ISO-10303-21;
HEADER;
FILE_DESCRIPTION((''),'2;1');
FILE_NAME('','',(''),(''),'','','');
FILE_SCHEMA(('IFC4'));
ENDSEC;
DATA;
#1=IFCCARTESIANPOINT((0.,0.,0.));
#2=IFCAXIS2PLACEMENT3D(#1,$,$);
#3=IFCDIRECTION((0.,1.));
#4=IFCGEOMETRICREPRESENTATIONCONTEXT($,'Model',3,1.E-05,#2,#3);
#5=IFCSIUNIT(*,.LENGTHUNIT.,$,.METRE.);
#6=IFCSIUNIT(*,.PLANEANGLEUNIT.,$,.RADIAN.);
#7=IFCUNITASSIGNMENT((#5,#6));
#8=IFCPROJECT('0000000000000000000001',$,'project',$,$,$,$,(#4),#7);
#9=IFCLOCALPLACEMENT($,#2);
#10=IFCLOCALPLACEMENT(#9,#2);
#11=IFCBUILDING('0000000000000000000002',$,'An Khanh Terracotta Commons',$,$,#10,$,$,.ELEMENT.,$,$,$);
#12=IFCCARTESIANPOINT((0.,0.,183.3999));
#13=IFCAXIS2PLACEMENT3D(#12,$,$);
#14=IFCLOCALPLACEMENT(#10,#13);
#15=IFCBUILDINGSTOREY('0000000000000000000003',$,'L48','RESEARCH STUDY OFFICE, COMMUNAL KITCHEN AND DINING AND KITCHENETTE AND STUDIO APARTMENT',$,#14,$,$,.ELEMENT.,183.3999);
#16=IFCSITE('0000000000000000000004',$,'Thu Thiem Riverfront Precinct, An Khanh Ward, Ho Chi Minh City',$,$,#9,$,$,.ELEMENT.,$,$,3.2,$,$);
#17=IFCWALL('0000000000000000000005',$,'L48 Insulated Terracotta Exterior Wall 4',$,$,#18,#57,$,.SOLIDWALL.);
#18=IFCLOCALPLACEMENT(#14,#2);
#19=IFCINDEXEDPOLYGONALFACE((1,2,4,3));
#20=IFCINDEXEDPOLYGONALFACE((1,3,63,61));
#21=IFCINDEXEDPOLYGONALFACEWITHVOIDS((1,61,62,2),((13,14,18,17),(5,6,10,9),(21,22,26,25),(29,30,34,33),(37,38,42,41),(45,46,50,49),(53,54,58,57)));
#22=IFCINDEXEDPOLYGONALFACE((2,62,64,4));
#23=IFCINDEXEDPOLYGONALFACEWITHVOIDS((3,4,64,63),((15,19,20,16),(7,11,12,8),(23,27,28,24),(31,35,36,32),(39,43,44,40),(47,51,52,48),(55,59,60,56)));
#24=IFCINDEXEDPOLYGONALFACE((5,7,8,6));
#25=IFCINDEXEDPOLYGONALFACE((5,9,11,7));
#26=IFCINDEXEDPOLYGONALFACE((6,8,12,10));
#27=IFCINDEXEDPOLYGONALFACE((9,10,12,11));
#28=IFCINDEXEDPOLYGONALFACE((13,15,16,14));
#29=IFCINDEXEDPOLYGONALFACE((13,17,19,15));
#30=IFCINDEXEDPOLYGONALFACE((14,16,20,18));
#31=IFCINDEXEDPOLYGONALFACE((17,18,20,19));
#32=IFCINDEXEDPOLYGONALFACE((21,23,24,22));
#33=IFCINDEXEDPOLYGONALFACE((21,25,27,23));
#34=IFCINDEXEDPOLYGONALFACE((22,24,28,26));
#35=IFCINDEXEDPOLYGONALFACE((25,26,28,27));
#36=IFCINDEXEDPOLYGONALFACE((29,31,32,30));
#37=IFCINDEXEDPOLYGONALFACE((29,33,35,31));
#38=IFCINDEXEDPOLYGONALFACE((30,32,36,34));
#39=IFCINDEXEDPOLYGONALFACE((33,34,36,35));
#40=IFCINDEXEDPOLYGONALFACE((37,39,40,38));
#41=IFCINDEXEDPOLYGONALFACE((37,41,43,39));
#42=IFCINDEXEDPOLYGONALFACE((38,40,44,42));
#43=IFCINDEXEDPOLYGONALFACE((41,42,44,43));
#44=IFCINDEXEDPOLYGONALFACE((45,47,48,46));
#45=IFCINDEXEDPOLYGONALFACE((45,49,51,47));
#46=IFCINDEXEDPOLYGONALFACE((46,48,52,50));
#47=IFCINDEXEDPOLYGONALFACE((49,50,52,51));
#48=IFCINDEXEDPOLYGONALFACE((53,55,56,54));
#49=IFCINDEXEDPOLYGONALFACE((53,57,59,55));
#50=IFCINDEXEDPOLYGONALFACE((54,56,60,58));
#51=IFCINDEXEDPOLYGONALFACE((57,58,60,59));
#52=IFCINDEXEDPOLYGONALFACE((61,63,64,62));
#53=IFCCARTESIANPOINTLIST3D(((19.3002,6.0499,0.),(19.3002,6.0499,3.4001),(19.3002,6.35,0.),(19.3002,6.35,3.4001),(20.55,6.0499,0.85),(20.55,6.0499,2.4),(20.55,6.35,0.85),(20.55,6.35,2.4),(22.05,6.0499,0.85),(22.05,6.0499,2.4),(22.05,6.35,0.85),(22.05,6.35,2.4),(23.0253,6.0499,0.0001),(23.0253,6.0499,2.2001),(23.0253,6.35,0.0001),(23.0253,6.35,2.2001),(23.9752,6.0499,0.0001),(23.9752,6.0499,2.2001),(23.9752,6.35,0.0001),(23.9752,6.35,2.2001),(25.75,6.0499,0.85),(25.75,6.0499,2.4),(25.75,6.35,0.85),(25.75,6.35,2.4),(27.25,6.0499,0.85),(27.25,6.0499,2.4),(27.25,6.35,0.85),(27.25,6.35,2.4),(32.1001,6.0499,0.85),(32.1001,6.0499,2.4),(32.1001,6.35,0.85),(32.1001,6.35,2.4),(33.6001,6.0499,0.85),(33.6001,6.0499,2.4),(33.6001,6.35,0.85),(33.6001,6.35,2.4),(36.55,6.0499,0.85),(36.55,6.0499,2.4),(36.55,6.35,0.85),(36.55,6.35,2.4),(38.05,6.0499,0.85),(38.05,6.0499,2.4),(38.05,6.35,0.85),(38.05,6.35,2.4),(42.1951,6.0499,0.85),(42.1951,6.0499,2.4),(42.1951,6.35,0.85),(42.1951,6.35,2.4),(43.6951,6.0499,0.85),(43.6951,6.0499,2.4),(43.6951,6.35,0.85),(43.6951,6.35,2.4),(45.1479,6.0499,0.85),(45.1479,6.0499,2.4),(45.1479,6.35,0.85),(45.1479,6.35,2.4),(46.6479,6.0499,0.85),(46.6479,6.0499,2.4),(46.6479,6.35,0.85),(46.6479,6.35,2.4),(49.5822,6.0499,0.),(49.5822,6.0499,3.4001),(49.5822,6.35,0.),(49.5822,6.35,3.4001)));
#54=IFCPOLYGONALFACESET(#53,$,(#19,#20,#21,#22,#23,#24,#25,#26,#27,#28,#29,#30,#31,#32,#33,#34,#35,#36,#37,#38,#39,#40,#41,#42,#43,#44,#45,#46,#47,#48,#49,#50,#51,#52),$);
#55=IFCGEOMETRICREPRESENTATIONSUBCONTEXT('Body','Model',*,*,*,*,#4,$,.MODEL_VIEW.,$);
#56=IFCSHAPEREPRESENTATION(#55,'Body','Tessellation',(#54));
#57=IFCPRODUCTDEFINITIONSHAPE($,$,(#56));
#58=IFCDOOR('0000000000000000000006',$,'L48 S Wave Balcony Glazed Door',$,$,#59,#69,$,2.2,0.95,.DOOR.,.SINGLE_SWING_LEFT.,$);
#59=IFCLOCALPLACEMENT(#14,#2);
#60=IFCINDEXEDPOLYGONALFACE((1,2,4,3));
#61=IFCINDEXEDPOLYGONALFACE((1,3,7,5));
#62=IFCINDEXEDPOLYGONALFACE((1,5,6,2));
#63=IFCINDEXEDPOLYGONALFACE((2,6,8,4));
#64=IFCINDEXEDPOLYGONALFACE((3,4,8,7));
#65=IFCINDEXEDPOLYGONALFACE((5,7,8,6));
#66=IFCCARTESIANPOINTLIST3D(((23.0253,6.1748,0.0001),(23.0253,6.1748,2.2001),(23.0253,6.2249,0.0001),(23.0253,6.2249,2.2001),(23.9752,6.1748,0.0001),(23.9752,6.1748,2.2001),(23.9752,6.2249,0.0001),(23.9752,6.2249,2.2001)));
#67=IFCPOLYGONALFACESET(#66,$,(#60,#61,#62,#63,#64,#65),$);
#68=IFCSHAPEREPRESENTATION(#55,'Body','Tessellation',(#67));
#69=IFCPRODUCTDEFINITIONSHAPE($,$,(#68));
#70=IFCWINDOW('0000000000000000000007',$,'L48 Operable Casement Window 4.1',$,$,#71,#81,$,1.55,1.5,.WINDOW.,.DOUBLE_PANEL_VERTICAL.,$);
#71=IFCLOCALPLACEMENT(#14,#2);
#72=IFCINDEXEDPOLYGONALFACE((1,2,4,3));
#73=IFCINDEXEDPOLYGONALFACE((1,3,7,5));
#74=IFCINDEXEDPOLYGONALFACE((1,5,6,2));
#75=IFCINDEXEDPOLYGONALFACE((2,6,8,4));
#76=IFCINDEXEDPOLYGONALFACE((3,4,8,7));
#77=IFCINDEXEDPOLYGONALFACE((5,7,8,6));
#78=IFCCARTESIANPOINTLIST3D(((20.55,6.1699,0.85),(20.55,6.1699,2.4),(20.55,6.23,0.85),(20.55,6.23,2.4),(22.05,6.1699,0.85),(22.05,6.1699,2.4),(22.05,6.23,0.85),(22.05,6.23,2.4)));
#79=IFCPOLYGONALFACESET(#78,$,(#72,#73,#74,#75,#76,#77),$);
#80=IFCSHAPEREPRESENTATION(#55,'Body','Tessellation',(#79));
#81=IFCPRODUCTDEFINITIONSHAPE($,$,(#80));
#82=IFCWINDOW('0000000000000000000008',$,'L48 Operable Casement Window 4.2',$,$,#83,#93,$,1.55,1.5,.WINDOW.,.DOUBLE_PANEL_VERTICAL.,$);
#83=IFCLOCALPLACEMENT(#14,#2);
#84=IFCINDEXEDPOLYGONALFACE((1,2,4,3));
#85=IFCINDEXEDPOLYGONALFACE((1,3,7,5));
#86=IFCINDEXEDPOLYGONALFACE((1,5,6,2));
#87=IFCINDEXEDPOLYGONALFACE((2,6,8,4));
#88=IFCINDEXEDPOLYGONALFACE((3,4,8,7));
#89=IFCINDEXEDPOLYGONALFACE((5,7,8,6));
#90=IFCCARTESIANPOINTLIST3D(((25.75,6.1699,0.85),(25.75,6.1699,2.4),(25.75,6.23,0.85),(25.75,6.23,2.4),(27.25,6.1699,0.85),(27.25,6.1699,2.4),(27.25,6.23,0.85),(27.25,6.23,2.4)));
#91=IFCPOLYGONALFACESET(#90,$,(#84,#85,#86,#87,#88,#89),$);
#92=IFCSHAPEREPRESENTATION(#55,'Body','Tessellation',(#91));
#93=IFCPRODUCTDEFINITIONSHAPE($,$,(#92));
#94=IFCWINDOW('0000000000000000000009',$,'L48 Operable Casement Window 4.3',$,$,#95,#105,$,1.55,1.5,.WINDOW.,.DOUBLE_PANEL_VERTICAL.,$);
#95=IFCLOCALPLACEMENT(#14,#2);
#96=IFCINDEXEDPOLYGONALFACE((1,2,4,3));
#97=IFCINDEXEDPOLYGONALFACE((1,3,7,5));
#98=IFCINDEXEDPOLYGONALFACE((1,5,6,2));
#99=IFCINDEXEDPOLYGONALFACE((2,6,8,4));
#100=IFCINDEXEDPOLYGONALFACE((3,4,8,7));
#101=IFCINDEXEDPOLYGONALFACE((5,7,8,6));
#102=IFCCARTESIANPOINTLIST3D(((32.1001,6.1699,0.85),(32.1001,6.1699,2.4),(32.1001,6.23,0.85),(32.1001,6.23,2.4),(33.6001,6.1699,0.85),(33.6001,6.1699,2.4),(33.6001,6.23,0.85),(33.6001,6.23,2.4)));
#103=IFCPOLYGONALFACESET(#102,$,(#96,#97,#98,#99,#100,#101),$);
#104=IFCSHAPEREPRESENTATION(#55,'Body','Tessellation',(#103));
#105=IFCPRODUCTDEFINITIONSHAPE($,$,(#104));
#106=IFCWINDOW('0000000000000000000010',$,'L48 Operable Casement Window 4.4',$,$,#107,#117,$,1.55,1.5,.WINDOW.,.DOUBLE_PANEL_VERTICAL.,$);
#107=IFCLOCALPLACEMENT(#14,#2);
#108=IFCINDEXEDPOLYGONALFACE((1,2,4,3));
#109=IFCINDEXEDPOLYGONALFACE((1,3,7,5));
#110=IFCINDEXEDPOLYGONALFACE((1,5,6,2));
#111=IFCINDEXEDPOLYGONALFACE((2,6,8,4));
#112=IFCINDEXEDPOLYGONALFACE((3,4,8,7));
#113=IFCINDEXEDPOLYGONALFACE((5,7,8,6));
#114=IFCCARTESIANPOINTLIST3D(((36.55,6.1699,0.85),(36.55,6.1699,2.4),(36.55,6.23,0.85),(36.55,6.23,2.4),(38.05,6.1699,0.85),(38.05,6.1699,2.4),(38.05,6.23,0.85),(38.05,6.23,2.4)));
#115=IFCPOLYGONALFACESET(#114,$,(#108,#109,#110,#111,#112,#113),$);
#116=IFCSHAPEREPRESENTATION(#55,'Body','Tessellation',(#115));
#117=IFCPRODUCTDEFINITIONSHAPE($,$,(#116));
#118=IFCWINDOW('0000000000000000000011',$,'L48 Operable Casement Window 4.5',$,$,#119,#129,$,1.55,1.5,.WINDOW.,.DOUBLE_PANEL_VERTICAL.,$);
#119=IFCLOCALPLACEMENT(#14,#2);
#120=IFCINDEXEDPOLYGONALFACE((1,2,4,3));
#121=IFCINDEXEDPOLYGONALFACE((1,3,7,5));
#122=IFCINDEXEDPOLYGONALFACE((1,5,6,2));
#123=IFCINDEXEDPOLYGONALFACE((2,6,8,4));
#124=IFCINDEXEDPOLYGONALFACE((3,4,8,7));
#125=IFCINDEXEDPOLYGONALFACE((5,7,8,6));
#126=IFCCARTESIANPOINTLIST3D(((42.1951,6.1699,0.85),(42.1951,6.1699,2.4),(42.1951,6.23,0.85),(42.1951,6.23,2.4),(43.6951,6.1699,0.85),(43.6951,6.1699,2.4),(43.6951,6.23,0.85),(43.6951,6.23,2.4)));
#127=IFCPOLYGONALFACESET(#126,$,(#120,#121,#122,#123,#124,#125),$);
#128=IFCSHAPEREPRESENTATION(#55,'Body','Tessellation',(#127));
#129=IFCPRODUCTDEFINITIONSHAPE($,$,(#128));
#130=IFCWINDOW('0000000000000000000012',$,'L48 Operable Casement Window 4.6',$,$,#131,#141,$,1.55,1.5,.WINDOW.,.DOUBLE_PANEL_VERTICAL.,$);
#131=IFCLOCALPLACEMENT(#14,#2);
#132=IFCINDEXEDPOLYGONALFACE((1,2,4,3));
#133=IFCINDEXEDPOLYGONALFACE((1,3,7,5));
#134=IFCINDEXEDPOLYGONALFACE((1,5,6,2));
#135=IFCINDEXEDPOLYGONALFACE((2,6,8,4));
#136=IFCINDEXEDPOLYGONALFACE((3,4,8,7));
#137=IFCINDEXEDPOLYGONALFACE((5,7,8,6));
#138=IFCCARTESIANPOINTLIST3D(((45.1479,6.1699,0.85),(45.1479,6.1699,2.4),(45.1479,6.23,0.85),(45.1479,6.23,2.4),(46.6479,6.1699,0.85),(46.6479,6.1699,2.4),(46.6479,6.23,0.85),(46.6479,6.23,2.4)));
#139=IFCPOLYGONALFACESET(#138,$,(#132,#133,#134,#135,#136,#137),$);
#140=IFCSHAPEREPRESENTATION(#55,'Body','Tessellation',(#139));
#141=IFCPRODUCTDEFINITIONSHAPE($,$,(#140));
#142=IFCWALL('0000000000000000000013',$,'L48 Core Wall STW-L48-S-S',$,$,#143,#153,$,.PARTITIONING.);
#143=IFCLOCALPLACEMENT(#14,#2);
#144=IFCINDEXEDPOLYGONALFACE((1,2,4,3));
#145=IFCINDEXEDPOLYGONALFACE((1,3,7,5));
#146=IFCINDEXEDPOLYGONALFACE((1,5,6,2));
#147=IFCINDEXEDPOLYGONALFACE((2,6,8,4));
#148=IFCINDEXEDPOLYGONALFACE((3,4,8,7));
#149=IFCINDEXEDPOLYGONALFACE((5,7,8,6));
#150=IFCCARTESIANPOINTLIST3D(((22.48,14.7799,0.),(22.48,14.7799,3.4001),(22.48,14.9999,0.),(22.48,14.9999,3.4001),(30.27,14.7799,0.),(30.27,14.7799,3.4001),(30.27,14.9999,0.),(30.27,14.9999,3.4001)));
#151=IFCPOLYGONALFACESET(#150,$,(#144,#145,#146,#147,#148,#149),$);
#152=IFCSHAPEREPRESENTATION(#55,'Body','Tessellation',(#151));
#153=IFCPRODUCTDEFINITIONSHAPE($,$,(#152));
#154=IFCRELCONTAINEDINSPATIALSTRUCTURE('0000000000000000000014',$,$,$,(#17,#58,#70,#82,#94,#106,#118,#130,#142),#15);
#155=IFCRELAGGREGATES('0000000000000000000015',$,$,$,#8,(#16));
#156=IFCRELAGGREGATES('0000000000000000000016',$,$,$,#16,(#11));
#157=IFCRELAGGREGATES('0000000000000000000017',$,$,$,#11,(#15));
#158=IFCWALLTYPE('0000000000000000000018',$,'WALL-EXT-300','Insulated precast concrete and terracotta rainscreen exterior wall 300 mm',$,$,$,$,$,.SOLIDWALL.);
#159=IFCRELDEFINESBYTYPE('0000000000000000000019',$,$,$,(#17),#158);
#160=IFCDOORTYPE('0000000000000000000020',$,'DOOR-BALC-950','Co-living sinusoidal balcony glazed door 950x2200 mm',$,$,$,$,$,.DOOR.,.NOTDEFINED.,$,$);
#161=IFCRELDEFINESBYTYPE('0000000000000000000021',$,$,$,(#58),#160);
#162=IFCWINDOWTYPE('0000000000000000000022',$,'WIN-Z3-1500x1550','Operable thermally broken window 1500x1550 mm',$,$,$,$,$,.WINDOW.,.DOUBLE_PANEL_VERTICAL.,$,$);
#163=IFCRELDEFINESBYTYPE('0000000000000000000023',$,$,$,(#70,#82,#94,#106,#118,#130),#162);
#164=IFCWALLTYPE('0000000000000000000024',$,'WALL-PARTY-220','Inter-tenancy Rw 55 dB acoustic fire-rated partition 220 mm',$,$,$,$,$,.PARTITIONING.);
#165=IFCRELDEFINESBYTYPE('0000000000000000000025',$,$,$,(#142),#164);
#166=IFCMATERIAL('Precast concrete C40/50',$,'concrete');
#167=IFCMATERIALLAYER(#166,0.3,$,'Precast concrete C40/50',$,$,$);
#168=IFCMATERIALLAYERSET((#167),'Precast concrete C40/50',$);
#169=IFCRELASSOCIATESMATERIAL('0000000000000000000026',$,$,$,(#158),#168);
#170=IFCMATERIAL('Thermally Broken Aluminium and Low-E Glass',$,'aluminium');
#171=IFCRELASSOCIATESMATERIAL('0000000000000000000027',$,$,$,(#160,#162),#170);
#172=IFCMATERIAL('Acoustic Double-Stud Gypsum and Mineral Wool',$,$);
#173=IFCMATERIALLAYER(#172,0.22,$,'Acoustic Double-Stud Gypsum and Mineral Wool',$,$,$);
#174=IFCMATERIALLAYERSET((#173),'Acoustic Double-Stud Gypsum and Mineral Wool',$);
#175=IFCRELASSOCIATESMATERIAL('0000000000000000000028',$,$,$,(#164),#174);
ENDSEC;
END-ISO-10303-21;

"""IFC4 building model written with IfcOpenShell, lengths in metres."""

from ifc_helpers import new_model, si_unit, direction, frame, frame_2d, origin, place, context, subcontext, project, spatial, rectangle, extrude, material, layer, layer_set, type_object, element, fill, save


model = new_model("IFC4")

# Units and contexts
model_context = context("Model", 3, precision=1e-05, world=origin(), true_north=direction((0.0, 1.0)))
body_context = subcontext(model_context, "Body", "Model", "MODEL_VIEW")
ifc_project = project(units=[si_unit("LENGTHUNIT", "METRE"), si_unit("PLANEANGLEUNIT", "RADIAN")], contexts=[model_context])

# Site, building, storey
site_placement = place(None, origin())
site = spatial("IfcSite", under=ifc_project, at=site_placement, Name="Thu Thiem Riverfront Precinct, An Khanh Ward, Ho Chi Minh City", CompositionType="ELEMENT", RefElevation=3.2)
building_placement = place(site_placement, origin())
building = spatial("IfcBuilding", under=site, at=building_placement, Name="An Khanh Terracotta Commons", CompositionType="ELEMENT")
storey_placement = place(building_placement, frame((0.0, 0.0, 183.3999)))
storey = spatial("IfcBuildingStorey", under=building, at=storey_placement, Name="L48", Description="RESEARCH STUDY OFFICE, COMMUNAL KITCHEN AND DINING AND KITCHENETTE AND STUDIO APARTMENT", CompositionType="ELEMENT", Elevation=183.3999)

# Shared definitions
ifc_material_1 = material(Name="Precast concrete C40/50", Category="concrete")
ifc_layer_1 = layer(ifc_material_1, 0.3, Name="Precast concrete C40/50")
ifc_layer_set_1 = layer_set([ifc_layer_1], Name="Precast concrete C40/50")
wall_type_1 = type_object("IfcWallType", Name="WALL-EXT-300", Description="Insulated precast concrete and terracotta rainscreen exterior wall 300 mm", PredefinedType="SOLIDWALL", material=ifc_layer_set_1)

# Wall, openings, door, windows
wall_1_placement = place(storey_placement, frame((19.3, 6.2, 0.0), z_axis=(0.0, 0.0, 1.0), x_axis=(1.0, 0.0, 0.0)))
wall_1 = element("IfcWall", 1, at=wall_1_placement, inside=storey, type_object=wall_type_1, Name="L48 Insulated Terracotta Exterior Wall 4", PredefinedType="SOLIDWALL", context=body_context, shape_type="SweptSolid", body=[
    extrude(rectangle(XDim=30.282, YDim=0.3, at=frame_2d((15.1411, 0.0))), origin(), (0.0, 0.0, 1.0), 3.4001),
])
opening_1_placement = place(wall_1_placement, frame((3.7251, 0.0, 0.0)))
opening_1 = element("IfcOpeningElement", 2, at=opening_1_placement, cuts=wall_1, PredefinedType="OPENING", context=body_context, shape_type="SweptSolid", body=[
    extrude(rectangle(XDim=0.95, YDim=2.2, at=frame_2d((0.4751, 1.1001))), frame((0.0, 0.1599, 0.0), z_axis=(0.0, -1.0, 0.0), x_axis=(1.0, 0.0, 0.0)), (0.0, 0.0, 1.0), 0.3201),
])
opening_2_placement = place(wall_1_placement, frame((1.25, 0.0, 0.8501)))
opening_2 = element("IfcOpeningElement", 3, at=opening_2_placement, cuts=wall_1, PredefinedType="OPENING", context=body_context, shape_type="SweptSolid", body=[
    extrude(rectangle(XDim=1.5, YDim=1.55, at=frame_2d((0.75, 0.7749))), frame((0.0, 0.1599, 0.0), z_axis=(0.0, -1.0, 0.0), x_axis=(1.0, 0.0, 0.0)), (0.0, 0.0, 1.0), 0.3201),
])
opening_3_placement = place(wall_1_placement, frame((6.45, 0.0, 0.8501)))
opening_3 = element("IfcOpeningElement", 4, at=opening_3_placement, cuts=wall_1, PredefinedType="OPENING", context=body_context, shape_type="SweptSolid", body=[
    extrude(rectangle(XDim=1.5, YDim=1.55, at=frame_2d((0.75, 0.7749))), frame((0.0, 0.1599, 0.0), z_axis=(0.0, -1.0, 0.0), x_axis=(1.0, 0.0, 0.0)), (0.0, 0.0, 1.0), 0.3201),
])
opening_4_placement = place(wall_1_placement, frame((12.8, 0.0, 0.8501)))
opening_4 = element("IfcOpeningElement", 5, at=opening_4_placement, cuts=wall_1, PredefinedType="OPENING", context=body_context, shape_type="SweptSolid", body=[
    extrude(rectangle(XDim=1.5, YDim=1.55, at=frame_2d((0.75, 0.7749))), frame((0.0, 0.1599, 0.0), z_axis=(0.0, -1.0, 0.0), x_axis=(1.0, 0.0, 0.0)), (0.0, 0.0, 1.0), 0.3201),
])
opening_5_placement = place(wall_1_placement, frame((17.25, 0.0, 0.8501)))
opening_5 = element("IfcOpeningElement", 6, at=opening_5_placement, cuts=wall_1, PredefinedType="OPENING", context=body_context, shape_type="SweptSolid", body=[
    extrude(rectangle(XDim=1.5, YDim=1.55, at=frame_2d((0.75, 0.7749))), frame((0.0, 0.1599, 0.0), z_axis=(0.0, -1.0, 0.0), x_axis=(1.0, 0.0, 0.0)), (0.0, 0.0, 1.0), 0.3201),
])
opening_6_placement = place(wall_1_placement, frame((22.895, 0.0, 0.8501)))
opening_6 = element("IfcOpeningElement", 7, at=opening_6_placement, cuts=wall_1, PredefinedType="OPENING", context=body_context, shape_type="SweptSolid", body=[
    extrude(rectangle(XDim=1.5, YDim=1.55, at=frame_2d((0.75, 0.7749))), frame((0.0, 0.1599, 0.0), z_axis=(0.0, -1.0, 0.0), x_axis=(1.0, 0.0, 0.0)), (0.0, 0.0, 1.0), 0.3201),
])
opening_7_placement = place(wall_1_placement, frame((25.8479, 0.0, 0.8501)))
opening_7 = element("IfcOpeningElement", 8, at=opening_7_placement, cuts=wall_1, PredefinedType="OPENING", context=body_context, shape_type="SweptSolid", body=[
    extrude(rectangle(XDim=1.5, YDim=1.55, at=frame_2d((0.75, 0.7749))), frame((0.0, 0.1599, 0.0), z_axis=(0.0, -1.0, 0.0), x_axis=(1.0, 0.0, 0.0)), (0.0, 0.0, 1.0), 0.3201),
])
ifc_material_2 = material(Name="Thermally Broken Aluminium and Low-E Glass", Category="aluminium")
door_type_1 = type_object("IfcDoorType", Name="DOOR-BALC-950", Description="Co-living sinusoidal balcony glazed door 950x2200 mm", OperationType="NOTDEFINED", PredefinedType="DOOR", material=ifc_material_2)
door_1_placement = place(opening_1_placement, origin())
door_1 = element("IfcDoor", 9, at=door_1_placement, inside=storey, type_object=door_type_1, Name="L48 S Wave Balcony Glazed Door", OperationType="SINGLE_SWING_LEFT", OverallHeight=2.2, OverallWidth=0.95, PredefinedType="DOOR", context=body_context, shape_type="SweptSolid", body=[
    extrude(rectangle(XDim=0.95, YDim=2.2, at=frame_2d((0.4751, 1.1001))), frame((0.0, 0.0249, 0.0), z_axis=(0.0, -1.0, 0.0), x_axis=(1.0, 0.0, 0.0)), (0.0, 0.0, 1.0), 0.05),
])
fill(opening_1, door_1)
window_type = type_object("IfcWindowType", Name="WIN-Z3-1500x1550", Description="Operable thermally broken window 1500x1550 mm", PartitioningType="DOUBLE_PANEL_VERTICAL", PredefinedType="WINDOW", material=ifc_material_2)
window_1_placement = place(opening_2_placement, origin())
window_1 = element("IfcWindow", 10, at=window_1_placement, inside=storey, type_object=window_type, Name="L48 Operable Casement Window 4.1", OverallHeight=1.55, OverallWidth=1.5, PartitioningType="DOUBLE_PANEL_VERTICAL", PredefinedType="WINDOW", context=body_context, shape_type="SweptSolid", body=[
    extrude(rectangle(XDim=1.5, YDim=1.55, at=frame_2d((0.75, 0.7749))), frame((0.0, 0.03, 0.0), z_axis=(0.0, -1.0, 0.0), x_axis=(1.0, 0.0, 0.0)), (0.0, 0.0, 1.0), 0.0601),
])
fill(opening_2, window_1)
window_2_placement = place(opening_3_placement, origin())
window_2 = element("IfcWindow", 11, at=window_2_placement, inside=storey, type_object=window_type, Name="L48 Operable Casement Window 4.2", OverallHeight=1.55, OverallWidth=1.5, PartitioningType="DOUBLE_PANEL_VERTICAL", PredefinedType="WINDOW", context=body_context, shape_type="SweptSolid", body=[
    extrude(rectangle(XDim=1.5, YDim=1.55, at=frame_2d((0.75, 0.7749))), frame((0.0, 0.03, 0.0), z_axis=(0.0, -1.0, 0.0), x_axis=(1.0, 0.0, 0.0)), (0.0, 0.0, 1.0), 0.0601),
])
fill(opening_3, window_2)
window_3_placement = place(opening_4_placement, origin())
window_3 = element("IfcWindow", 12, at=window_3_placement, inside=storey, type_object=window_type, Name="L48 Operable Casement Window 4.3", OverallHeight=1.55, OverallWidth=1.5, PartitioningType="DOUBLE_PANEL_VERTICAL", PredefinedType="WINDOW", context=body_context, shape_type="SweptSolid", body=[
    extrude(rectangle(XDim=1.5, YDim=1.55, at=frame_2d((0.75, 0.7749))), frame((0.0, 0.03, 0.0), z_axis=(0.0, -1.0, 0.0), x_axis=(1.0, 0.0, 0.0)), (0.0, 0.0, 1.0), 0.0601),
])
fill(opening_4, window_3)
window_4_placement = place(opening_5_placement, origin())
window_4 = element("IfcWindow", 13, at=window_4_placement, inside=storey, type_object=window_type, Name="L48 Operable Casement Window 4.4", OverallHeight=1.55, OverallWidth=1.5, PartitioningType="DOUBLE_PANEL_VERTICAL", PredefinedType="WINDOW", context=body_context, shape_type="SweptSolid", body=[
    extrude(rectangle(XDim=1.5, YDim=1.55, at=frame_2d((0.75, 0.7749))), frame((0.0, 0.03, 0.0), z_axis=(0.0, -1.0, 0.0), x_axis=(1.0, 0.0, 0.0)), (0.0, 0.0, 1.0), 0.0601),
])
fill(opening_5, window_4)
window_5_placement = place(opening_6_placement, origin())
window_5 = element("IfcWindow", 14, at=window_5_placement, inside=storey, type_object=window_type, Name="L48 Operable Casement Window 4.5", OverallHeight=1.55, OverallWidth=1.5, PartitioningType="DOUBLE_PANEL_VERTICAL", PredefinedType="WINDOW", context=body_context, shape_type="SweptSolid", body=[
    extrude(rectangle(XDim=1.5, YDim=1.55, at=frame_2d((0.75, 0.7749))), frame((0.0, 0.03, 0.0), z_axis=(0.0, -1.0, 0.0), x_axis=(1.0, 0.0, 0.0)), (0.0, 0.0, 1.0), 0.0601),
])
fill(opening_6, window_5)
window_6_placement = place(opening_7_placement, origin())
window_6 = element("IfcWindow", 15, at=window_6_placement, inside=storey, type_object=window_type, Name="L48 Operable Casement Window 4.6", OverallHeight=1.55, OverallWidth=1.5, PartitioningType="DOUBLE_PANEL_VERTICAL", PredefinedType="WINDOW", context=body_context, shape_type="SweptSolid", body=[
    extrude(rectangle(XDim=1.5, YDim=1.55, at=frame_2d((0.75, 0.7749))), frame((0.0, 0.03, 0.0), z_axis=(0.0, -1.0, 0.0), x_axis=(1.0, 0.0, 0.0)), (0.0, 0.0, 1.0), 0.0601),
])
fill(opening_7, window_6)

# Wall
ifc_material_3 = material(Name="Acoustic Double-Stud Gypsum and Mineral Wool")
ifc_layer_2 = layer(ifc_material_3, 0.22, Name="Acoustic Double-Stud Gypsum and Mineral Wool")
ifc_layer_set_2 = layer_set([ifc_layer_2], Name="Acoustic Double-Stud Gypsum and Mineral Wool")
wall_type_2 = type_object("IfcWallType", Name="WALL-PARTY-220", Description="Inter-tenancy Rw 55 dB acoustic fire-rated partition 220 mm", PredefinedType="PARTITIONING", material=ifc_layer_set_2)
wall_2_placement = place(storey_placement, frame((22.48, 14.8899, 0.0), z_axis=(0.0, 0.0, 1.0), x_axis=(1.0, 0.0, 0.0)))
element("IfcWall", 16, at=wall_2_placement, inside=storey, type_object=wall_type_2, Name="L48 Core Wall STW-L48-S-S", PredefinedType="PARTITIONING", context=body_context, shape_type="SweptSolid", body=[
    extrude(rectangle(XDim=7.79, YDim=0.22, at=frame_2d((3.895, 0.0))), origin(), (0.0, 0.0, 1.0), 3.4001),
])

save(model, "model.ifc")
